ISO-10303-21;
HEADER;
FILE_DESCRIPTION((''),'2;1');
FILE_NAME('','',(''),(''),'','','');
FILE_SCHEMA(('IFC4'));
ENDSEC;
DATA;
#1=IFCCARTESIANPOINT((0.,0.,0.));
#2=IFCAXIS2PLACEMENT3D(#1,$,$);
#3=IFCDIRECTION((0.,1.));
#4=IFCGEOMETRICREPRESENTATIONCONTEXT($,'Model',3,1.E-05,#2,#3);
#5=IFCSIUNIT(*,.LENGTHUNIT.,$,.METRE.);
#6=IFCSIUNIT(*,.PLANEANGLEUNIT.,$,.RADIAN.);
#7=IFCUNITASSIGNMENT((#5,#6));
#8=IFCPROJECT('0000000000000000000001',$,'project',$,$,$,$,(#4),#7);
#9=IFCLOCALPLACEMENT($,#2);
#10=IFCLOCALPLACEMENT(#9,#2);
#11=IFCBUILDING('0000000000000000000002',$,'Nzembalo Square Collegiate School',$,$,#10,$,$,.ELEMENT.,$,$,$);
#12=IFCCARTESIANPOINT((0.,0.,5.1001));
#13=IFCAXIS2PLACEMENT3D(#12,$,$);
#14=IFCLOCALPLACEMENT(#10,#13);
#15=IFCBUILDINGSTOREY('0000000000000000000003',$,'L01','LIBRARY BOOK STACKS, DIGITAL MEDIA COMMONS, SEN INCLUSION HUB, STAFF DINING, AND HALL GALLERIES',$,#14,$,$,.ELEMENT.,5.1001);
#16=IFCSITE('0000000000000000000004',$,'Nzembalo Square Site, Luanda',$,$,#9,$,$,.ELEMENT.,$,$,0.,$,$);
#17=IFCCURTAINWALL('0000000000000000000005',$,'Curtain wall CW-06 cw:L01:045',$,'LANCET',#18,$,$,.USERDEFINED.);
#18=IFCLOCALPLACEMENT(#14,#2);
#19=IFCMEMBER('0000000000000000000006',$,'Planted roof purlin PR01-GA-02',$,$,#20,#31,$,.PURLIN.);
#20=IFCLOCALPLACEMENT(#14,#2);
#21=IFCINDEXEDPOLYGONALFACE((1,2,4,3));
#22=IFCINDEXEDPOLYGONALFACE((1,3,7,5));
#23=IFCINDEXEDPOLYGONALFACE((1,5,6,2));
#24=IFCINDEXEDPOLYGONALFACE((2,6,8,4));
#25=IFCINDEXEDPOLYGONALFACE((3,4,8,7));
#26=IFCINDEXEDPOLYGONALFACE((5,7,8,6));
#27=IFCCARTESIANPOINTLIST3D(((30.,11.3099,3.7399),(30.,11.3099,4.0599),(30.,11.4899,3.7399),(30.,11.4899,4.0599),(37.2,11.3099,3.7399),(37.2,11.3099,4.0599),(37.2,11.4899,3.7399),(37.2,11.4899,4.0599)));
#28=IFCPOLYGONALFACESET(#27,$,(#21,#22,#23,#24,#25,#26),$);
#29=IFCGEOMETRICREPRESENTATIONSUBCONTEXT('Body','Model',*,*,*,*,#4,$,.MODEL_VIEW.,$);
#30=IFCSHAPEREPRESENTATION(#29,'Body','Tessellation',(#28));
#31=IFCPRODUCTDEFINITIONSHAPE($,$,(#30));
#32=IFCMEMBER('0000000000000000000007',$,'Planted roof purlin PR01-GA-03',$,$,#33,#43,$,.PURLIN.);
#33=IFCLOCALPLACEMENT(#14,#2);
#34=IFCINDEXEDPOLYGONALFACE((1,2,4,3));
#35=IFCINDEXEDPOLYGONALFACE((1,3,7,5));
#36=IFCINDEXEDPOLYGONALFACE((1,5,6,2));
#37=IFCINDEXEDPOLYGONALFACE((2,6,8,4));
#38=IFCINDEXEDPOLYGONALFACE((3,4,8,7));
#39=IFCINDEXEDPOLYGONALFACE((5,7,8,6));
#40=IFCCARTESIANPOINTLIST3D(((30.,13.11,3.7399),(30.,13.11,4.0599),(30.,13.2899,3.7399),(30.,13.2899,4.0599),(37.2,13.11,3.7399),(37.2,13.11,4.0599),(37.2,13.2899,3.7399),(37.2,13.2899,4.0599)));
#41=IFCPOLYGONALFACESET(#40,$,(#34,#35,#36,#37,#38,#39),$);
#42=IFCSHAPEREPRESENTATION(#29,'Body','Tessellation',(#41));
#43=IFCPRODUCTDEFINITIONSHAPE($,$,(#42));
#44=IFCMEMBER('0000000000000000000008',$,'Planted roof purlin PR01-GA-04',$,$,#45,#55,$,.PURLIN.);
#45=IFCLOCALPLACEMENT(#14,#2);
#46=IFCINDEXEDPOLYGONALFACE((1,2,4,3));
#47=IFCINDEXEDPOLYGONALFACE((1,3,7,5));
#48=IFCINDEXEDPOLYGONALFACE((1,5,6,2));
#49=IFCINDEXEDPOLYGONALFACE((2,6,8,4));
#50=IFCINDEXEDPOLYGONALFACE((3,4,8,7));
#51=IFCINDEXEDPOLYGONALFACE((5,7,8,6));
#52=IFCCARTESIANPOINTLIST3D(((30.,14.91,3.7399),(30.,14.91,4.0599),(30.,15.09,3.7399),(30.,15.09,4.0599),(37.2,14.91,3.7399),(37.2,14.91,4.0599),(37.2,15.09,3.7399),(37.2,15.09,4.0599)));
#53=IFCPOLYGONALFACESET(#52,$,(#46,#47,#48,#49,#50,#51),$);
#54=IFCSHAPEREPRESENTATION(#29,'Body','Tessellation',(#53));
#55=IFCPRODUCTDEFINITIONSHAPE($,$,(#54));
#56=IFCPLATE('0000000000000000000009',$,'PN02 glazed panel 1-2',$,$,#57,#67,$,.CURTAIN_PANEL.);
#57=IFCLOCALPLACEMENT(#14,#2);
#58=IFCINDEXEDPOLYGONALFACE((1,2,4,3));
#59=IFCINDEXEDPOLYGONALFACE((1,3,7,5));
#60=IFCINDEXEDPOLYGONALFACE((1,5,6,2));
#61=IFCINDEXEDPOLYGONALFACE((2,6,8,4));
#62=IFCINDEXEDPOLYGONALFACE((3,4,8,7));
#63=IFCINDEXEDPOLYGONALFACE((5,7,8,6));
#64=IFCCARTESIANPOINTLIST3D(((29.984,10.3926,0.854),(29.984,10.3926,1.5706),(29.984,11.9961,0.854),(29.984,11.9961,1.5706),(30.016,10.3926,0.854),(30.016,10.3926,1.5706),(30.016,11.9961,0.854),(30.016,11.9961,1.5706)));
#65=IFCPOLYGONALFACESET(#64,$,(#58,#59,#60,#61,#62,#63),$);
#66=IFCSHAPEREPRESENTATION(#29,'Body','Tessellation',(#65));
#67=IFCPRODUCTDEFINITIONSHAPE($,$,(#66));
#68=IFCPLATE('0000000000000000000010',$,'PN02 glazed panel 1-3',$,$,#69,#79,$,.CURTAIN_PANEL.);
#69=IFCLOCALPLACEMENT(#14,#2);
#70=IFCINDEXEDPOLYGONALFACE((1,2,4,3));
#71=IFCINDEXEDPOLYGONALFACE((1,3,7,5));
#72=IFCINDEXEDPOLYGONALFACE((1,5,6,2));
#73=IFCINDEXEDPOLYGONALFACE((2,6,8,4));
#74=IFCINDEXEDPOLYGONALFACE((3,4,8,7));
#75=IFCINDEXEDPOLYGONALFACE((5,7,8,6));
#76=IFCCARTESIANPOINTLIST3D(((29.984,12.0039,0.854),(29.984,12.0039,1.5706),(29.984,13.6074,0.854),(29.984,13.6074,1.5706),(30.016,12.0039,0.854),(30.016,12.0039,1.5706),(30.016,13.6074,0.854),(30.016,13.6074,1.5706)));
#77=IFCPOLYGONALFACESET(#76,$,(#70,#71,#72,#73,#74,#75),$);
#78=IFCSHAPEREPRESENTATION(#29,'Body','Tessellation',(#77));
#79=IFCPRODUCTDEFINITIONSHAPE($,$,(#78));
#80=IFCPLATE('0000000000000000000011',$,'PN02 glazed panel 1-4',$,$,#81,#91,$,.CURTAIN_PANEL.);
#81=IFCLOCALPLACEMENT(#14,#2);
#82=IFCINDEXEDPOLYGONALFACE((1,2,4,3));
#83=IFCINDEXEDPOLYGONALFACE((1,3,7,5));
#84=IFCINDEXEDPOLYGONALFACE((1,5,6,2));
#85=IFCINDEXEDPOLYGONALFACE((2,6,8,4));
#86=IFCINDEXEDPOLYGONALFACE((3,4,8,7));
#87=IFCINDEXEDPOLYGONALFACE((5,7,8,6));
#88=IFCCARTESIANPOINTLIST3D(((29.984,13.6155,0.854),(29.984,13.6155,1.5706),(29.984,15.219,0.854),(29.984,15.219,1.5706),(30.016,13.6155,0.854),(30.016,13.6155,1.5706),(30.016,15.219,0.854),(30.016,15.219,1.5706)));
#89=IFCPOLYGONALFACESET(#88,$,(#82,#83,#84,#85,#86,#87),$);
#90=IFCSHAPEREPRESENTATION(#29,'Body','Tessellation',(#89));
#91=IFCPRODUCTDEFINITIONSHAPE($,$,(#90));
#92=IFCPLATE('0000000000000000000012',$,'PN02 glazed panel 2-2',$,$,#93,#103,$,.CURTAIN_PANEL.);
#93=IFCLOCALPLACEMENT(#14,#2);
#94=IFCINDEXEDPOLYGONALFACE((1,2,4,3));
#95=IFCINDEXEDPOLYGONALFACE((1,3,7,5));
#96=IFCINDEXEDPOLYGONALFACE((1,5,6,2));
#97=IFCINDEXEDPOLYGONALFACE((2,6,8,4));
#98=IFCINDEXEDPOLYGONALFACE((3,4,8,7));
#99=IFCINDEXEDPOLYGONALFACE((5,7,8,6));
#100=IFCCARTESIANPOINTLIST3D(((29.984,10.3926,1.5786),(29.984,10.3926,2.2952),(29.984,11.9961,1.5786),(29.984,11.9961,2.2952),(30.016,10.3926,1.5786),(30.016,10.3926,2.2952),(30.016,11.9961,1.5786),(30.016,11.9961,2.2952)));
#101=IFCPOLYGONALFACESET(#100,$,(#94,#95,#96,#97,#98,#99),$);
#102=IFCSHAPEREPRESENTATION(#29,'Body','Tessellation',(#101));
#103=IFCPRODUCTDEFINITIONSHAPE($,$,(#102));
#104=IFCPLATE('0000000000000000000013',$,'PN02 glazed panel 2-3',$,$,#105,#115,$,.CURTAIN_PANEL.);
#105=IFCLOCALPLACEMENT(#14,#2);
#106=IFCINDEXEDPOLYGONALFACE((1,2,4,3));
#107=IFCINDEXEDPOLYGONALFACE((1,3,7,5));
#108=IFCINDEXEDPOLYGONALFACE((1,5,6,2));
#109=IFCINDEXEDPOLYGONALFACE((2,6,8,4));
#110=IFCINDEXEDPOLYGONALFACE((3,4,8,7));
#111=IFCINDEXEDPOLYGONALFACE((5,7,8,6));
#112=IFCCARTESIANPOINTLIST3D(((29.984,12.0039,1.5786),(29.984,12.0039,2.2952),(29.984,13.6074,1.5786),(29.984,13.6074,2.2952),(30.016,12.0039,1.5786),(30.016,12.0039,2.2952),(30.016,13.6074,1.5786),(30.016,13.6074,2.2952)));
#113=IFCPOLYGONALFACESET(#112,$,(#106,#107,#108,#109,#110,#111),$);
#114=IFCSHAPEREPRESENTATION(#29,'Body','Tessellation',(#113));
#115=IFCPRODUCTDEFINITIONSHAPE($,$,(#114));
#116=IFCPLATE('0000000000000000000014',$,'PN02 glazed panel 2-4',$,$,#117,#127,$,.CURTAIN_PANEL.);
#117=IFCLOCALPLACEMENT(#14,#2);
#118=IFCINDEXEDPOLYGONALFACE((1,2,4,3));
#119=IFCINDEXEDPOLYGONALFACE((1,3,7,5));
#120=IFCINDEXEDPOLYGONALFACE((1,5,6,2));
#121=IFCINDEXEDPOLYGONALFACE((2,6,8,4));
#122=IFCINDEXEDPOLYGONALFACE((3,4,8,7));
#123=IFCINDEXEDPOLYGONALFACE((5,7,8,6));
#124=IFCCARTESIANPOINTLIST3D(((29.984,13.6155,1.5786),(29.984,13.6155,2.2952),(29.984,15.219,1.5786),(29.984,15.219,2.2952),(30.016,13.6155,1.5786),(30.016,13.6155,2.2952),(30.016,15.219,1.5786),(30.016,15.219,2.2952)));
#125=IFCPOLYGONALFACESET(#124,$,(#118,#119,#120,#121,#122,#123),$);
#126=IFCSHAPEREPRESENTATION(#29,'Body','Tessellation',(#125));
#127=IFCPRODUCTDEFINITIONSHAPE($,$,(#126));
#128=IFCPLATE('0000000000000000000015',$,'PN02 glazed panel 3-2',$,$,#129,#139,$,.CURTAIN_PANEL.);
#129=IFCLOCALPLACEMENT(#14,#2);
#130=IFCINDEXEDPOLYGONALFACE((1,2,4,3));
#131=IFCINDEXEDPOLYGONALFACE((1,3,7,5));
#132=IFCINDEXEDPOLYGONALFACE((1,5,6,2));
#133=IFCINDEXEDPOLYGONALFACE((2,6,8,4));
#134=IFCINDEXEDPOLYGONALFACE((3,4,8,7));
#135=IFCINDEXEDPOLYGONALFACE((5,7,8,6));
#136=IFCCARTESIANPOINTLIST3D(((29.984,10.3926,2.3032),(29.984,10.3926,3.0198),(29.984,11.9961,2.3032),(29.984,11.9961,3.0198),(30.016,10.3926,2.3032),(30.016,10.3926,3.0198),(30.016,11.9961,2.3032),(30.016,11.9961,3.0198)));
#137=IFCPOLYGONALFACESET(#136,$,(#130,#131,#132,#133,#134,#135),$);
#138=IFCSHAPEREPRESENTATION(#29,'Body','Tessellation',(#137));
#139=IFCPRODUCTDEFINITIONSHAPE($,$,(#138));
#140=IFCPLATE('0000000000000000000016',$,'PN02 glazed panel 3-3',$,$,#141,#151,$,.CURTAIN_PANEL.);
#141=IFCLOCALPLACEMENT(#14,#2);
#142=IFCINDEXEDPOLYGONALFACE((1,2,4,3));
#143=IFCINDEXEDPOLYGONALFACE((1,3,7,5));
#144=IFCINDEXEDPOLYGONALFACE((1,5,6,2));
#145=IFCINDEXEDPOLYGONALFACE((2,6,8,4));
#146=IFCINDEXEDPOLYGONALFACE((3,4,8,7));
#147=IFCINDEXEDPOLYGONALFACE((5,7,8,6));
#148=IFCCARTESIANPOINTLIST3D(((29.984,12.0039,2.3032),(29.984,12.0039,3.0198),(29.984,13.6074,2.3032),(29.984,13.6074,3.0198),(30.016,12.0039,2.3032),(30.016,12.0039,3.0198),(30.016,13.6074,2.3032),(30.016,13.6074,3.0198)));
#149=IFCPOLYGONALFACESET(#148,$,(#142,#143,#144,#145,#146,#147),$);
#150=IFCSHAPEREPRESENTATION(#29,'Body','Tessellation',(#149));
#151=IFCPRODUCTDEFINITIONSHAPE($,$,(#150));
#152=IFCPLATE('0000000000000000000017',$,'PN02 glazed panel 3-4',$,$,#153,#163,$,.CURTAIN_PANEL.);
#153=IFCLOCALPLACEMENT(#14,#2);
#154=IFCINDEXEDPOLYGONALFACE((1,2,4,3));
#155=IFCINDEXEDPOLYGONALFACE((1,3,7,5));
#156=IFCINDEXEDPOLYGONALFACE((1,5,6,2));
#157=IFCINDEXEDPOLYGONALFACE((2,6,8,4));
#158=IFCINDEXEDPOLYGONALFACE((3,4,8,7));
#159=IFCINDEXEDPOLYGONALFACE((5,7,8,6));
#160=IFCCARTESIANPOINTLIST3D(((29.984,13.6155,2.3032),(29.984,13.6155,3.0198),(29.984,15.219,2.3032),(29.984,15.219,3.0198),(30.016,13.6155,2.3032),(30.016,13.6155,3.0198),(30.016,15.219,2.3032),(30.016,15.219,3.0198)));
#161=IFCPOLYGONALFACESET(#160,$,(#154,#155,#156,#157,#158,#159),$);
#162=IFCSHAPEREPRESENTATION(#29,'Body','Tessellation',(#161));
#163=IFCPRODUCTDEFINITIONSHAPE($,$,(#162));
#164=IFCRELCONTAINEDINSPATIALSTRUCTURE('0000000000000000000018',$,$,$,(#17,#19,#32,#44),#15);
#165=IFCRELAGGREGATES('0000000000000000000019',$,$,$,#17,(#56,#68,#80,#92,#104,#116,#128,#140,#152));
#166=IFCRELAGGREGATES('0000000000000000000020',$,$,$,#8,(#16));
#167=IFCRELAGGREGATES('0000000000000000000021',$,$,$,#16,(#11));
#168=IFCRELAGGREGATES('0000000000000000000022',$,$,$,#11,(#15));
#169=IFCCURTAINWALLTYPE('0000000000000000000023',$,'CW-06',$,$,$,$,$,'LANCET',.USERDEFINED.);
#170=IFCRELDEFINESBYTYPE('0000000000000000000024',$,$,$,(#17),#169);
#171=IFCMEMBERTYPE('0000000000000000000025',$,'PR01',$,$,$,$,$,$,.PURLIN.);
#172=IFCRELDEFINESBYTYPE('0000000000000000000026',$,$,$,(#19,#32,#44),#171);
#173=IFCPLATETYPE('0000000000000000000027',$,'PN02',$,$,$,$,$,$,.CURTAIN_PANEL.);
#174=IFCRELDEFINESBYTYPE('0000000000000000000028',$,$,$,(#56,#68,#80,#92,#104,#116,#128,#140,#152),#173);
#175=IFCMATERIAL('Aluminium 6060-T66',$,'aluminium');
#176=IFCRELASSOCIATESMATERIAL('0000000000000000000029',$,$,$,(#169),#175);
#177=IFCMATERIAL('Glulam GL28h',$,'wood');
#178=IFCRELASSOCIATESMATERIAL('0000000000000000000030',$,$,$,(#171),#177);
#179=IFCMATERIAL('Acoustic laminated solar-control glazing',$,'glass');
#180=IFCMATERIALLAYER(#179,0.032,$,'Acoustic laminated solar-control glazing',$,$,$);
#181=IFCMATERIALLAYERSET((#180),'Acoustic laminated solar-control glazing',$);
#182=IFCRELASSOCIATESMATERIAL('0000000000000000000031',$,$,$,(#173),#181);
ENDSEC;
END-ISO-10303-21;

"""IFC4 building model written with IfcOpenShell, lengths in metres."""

from ifc_helpers import new_model, si_unit, direction, frame, origin, origin_2d, place, context, subcontext, project, spatial, rectangle, extrude, material, layer, layer_set, material_profile, profile_set, type_object, element, aggregate, save


model = new_model("IFC4")

# Units and contexts
model_context = context("Model", 3, precision=1e-05, world=origin(), true_north=direction((0.0, 1.0)))
body_context = subcontext(model_context, "Body", "Model", "MODEL_VIEW")
ifc_project = project(units=[si_unit("LENGTHUNIT", "METRE"), si_unit("PLANEANGLEUNIT", "RADIAN")], contexts=[model_context])

# Site, building, storey
site_placement = place(None, origin())
site = spatial("IfcSite", under=ifc_project, at=site_placement, Name="Nzembalo Square Site, Luanda", CompositionType="ELEMENT", RefElevation=0.0)
building_placement = place(site_placement, origin())
building = spatial("IfcBuilding", under=site, at=building_placement, Name="Nzembalo Square Collegiate School", CompositionType="ELEMENT")
storey_placement = place(building_placement, frame((0.0, 0.0, 5.1001)))
storey = spatial("IfcBuildingStorey", under=building, at=storey_placement, Name="L01", Description="LIBRARY BOOK STACKS, DIGITAL MEDIA COMMONS, SEN INCLUSION HUB, STAFF DINING, AND HALL GALLERIES", CompositionType="ELEMENT", Elevation=5.1001)

# Curtain wall
ifc_material_1 = material(Name="Aluminium 6060-T66", Category="aluminium")
curtain_wall_type = type_object("IfcCurtainWallType", Name="CW-06", ElementType="LANCET", PredefinedType="USERDEFINED", material=ifc_material_1)
curtain_wall_placement = place(storey_placement, origin())
curtain_wall = element("IfcCurtainWall", 1, at=curtain_wall_placement, inside=storey, type_object=curtain_wall_type, Name="Curtain wall CW-06 cw:L01:045", ObjectType="LANCET", PredefinedType="USERDEFINED")

# Members
ifc_material_2 = material(Name="Glulam GL28h", Category="wood")
ifc_material_profile_1 = material_profile(ifc_material_2, rectangle(XDim=0.1799, YDim=0.3201, at=origin_2d()), Name="GL28h 180x320")
ifc_profile_set_1 = profile_set([ifc_material_profile_1], Name="Glulam GL28h")
member_type_1 = type_object("IfcMemberType", Name="PR01", PredefinedType="PURLIN", material=ifc_profile_set_1)
for number, where, z_axis, x_axis, name in (
    (2, (30.0, 11.3999, 3.8999), (1.0, 0.0, 0.0), (0.0, 1.0, 0.0), "Planted roof purlin PR01-GA-02"),
    (3, (30.0, 13.2, 3.8999), (1.0, 0.0, 0.0), (0.0, 1.0, 0.0), "Planted roof purlin PR01-GA-03"),
    (4, (30.0, 15.0, 3.8999), (1.0, 0.0, 0.0), (0.0, 1.0, 0.0), "Planted roof purlin PR01-GA-04"),
):
    element("IfcMember", number, at=place(storey_placement, frame(where, z_axis=z_axis, x_axis=x_axis)), inside=storey, type_object=member_type_1, Name=name, PredefinedType="PURLIN", context=body_context, shape_type="SweptSolid", body=[
        extrude(rectangle(XDim=0.1799, YDim=0.3201, at=origin_2d()), origin(), (0.0, 0.0, 1.0), 7.2),
    ])

# Plates
ifc_material_3 = material(Name="Acoustic laminated solar-control glazing", Category="glass")
ifc_layer = layer(ifc_material_3, 0.032, Name="Acoustic laminated solar-control glazing")
ifc_layer_set = layer_set([ifc_layer], Name="Acoustic laminated solar-control glazing")
plate_type = type_object("IfcPlateType", Name="PN02", PredefinedType="CURTAIN_PANEL", material=ifc_layer_set)
plate_1_placement = place(storey_placement, frame((30.0, 11.1943, 0.854), z_axis=(0.0, 0.0, 1.0), x_axis=(0.0, 1.0, 0.0)))
plate_1 = element("IfcPlate", 5, at=plate_1_placement, type_object=plate_type, Name="PN02 glazed panel 1-2", PredefinedType="CURTAIN_PANEL", context=body_context, shape_type="SweptSolid", body=[
    extrude(rectangle(XDim=1.6035, YDim=0.032, at=origin_2d()), origin(), (0.0, 0.0, 1.0), 0.7166),
])
plate_2_placement = place(storey_placement, frame((30.0, 12.8057, 0.854), z_axis=(0.0, 0.0, 1.0), x_axis=(0.0, 1.0, 0.0)))
plate_2 = element("IfcPlate", 6, at=plate_2_placement, type_object=plate_type, Name="PN02 glazed panel 1-3", PredefinedType="CURTAIN_PANEL", context=body_context, shape_type="SweptSolid", body=[
    extrude(rectangle(XDim=1.6035, YDim=0.032, at=origin_2d()), origin(), (0.0, 0.0, 1.0), 0.7166),
])
plate_3_placement = place(storey_placement, frame((30.0, 14.4172, 0.854), z_axis=(0.0, 0.0, 1.0), x_axis=(0.0, 1.0, 0.0)))
plate_3 = element("IfcPlate", 7, at=plate_3_placement, type_object=plate_type, Name="PN02 glazed panel 1-4", PredefinedType="CURTAIN_PANEL", context=body_context, shape_type="SweptSolid", body=[
    extrude(rectangle(XDim=1.6035, YDim=0.032, at=origin_2d()), origin(), (0.0, 0.0, 1.0), 0.7166),
])
plate_4_placement = place(storey_placement, frame((30.0, 11.1943, 1.5786), z_axis=(0.0, 0.0, 1.0), x_axis=(0.0, 1.0, 0.0)))
plate_4 = element("IfcPlate", 8, at=plate_4_placement, type_object=plate_type, Name="PN02 glazed panel 2-2", PredefinedType="CURTAIN_PANEL", context=body_context, shape_type="SweptSolid", body=[
    extrude(rectangle(XDim=1.6035, YDim=0.032, at=origin_2d()), origin(), (0.0, 0.0, 1.0), 0.7166),
])
plate_5_placement = place(storey_placement, frame((30.0, 12.8057, 1.5786), z_axis=(0.0, 0.0, 1.0), x_axis=(0.0, 1.0, 0.0)))
plate_5 = element("IfcPlate", 9, at=plate_5_placement, type_object=plate_type, Name="PN02 glazed panel 2-3", PredefinedType="CURTAIN_PANEL", context=body_context, shape_type="SweptSolid", body=[
    extrude(rectangle(XDim=1.6035, YDim=0.032, at=origin_2d()), origin(), (0.0, 0.0, 1.0), 0.7166),
])
plate_6_placement = place(storey_placement, frame((30.0, 14.4172, 1.5786), z_axis=(0.0, 0.0, 1.0), x_axis=(0.0, 1.0, 0.0)))
plate_6 = element("IfcPlate", 10, at=plate_6_placement, type_object=plate_type, Name="PN02 glazed panel 2-4", PredefinedType="CURTAIN_PANEL", context=body_context, shape_type="SweptSolid", body=[
    extrude(rectangle(XDim=1.6035, YDim=0.032, at=origin_2d()), origin(), (0.0, 0.0, 1.0), 0.7166),
])
plate_7_placement = place(storey_placement, frame((30.0, 11.1943, 2.3032), z_axis=(0.0, 0.0, 1.0), x_axis=(0.0, 1.0, 0.0)))
plate_7 = element("IfcPlate", 11, at=plate_7_placement, type_object=plate_type, Name="PN02 glazed panel 3-2", PredefinedType="CURTAIN_PANEL", context=body_context, shape_type="SweptSolid", body=[
    extrude(rectangle(XDim=1.6035, YDim=0.032, at=origin_2d()), origin(), (0.0, 0.0, 1.0), 0.7166),
])
plate_8_placement = place(storey_placement, frame((30.0, 12.8057, 2.3032), z_axis=(0.0, 0.0, 1.0), x_axis=(0.0, 1.0, 0.0)))
plate_8 = element("IfcPlate", 12, at=plate_8_placement, type_object=plate_type, Name="PN02 glazed panel 3-3", PredefinedType="CURTAIN_PANEL", context=body_context, shape_type="SweptSolid", body=[
    extrude(rectangle(XDim=1.6035, YDim=0.032, at=origin_2d()), origin(), (0.0, 0.0, 1.0), 0.7166),
])
plate_9_placement = place(storey_placement, frame((30.0, 14.4172, 2.3032), z_axis=(0.0, 0.0, 1.0), x_axis=(0.0, 1.0, 0.0)))
plate_9 = element("IfcPlate", 13, at=plate_9_placement, type_object=plate_type, Name="PN02 glazed panel 3-4", PredefinedType="CURTAIN_PANEL", context=body_context, shape_type="SweptSolid", body=[
    extrude(rectangle(XDim=1.6035, YDim=0.032, at=origin_2d()), origin(), (0.0, 0.0, 1.0), 0.7166),
])
aggregate(curtain_wall, [plate_1, plate_2, plate_3, plate_4, plate_5, plate_6, plate_7, plate_8, plate_9])

save(model, "model.ifc")
